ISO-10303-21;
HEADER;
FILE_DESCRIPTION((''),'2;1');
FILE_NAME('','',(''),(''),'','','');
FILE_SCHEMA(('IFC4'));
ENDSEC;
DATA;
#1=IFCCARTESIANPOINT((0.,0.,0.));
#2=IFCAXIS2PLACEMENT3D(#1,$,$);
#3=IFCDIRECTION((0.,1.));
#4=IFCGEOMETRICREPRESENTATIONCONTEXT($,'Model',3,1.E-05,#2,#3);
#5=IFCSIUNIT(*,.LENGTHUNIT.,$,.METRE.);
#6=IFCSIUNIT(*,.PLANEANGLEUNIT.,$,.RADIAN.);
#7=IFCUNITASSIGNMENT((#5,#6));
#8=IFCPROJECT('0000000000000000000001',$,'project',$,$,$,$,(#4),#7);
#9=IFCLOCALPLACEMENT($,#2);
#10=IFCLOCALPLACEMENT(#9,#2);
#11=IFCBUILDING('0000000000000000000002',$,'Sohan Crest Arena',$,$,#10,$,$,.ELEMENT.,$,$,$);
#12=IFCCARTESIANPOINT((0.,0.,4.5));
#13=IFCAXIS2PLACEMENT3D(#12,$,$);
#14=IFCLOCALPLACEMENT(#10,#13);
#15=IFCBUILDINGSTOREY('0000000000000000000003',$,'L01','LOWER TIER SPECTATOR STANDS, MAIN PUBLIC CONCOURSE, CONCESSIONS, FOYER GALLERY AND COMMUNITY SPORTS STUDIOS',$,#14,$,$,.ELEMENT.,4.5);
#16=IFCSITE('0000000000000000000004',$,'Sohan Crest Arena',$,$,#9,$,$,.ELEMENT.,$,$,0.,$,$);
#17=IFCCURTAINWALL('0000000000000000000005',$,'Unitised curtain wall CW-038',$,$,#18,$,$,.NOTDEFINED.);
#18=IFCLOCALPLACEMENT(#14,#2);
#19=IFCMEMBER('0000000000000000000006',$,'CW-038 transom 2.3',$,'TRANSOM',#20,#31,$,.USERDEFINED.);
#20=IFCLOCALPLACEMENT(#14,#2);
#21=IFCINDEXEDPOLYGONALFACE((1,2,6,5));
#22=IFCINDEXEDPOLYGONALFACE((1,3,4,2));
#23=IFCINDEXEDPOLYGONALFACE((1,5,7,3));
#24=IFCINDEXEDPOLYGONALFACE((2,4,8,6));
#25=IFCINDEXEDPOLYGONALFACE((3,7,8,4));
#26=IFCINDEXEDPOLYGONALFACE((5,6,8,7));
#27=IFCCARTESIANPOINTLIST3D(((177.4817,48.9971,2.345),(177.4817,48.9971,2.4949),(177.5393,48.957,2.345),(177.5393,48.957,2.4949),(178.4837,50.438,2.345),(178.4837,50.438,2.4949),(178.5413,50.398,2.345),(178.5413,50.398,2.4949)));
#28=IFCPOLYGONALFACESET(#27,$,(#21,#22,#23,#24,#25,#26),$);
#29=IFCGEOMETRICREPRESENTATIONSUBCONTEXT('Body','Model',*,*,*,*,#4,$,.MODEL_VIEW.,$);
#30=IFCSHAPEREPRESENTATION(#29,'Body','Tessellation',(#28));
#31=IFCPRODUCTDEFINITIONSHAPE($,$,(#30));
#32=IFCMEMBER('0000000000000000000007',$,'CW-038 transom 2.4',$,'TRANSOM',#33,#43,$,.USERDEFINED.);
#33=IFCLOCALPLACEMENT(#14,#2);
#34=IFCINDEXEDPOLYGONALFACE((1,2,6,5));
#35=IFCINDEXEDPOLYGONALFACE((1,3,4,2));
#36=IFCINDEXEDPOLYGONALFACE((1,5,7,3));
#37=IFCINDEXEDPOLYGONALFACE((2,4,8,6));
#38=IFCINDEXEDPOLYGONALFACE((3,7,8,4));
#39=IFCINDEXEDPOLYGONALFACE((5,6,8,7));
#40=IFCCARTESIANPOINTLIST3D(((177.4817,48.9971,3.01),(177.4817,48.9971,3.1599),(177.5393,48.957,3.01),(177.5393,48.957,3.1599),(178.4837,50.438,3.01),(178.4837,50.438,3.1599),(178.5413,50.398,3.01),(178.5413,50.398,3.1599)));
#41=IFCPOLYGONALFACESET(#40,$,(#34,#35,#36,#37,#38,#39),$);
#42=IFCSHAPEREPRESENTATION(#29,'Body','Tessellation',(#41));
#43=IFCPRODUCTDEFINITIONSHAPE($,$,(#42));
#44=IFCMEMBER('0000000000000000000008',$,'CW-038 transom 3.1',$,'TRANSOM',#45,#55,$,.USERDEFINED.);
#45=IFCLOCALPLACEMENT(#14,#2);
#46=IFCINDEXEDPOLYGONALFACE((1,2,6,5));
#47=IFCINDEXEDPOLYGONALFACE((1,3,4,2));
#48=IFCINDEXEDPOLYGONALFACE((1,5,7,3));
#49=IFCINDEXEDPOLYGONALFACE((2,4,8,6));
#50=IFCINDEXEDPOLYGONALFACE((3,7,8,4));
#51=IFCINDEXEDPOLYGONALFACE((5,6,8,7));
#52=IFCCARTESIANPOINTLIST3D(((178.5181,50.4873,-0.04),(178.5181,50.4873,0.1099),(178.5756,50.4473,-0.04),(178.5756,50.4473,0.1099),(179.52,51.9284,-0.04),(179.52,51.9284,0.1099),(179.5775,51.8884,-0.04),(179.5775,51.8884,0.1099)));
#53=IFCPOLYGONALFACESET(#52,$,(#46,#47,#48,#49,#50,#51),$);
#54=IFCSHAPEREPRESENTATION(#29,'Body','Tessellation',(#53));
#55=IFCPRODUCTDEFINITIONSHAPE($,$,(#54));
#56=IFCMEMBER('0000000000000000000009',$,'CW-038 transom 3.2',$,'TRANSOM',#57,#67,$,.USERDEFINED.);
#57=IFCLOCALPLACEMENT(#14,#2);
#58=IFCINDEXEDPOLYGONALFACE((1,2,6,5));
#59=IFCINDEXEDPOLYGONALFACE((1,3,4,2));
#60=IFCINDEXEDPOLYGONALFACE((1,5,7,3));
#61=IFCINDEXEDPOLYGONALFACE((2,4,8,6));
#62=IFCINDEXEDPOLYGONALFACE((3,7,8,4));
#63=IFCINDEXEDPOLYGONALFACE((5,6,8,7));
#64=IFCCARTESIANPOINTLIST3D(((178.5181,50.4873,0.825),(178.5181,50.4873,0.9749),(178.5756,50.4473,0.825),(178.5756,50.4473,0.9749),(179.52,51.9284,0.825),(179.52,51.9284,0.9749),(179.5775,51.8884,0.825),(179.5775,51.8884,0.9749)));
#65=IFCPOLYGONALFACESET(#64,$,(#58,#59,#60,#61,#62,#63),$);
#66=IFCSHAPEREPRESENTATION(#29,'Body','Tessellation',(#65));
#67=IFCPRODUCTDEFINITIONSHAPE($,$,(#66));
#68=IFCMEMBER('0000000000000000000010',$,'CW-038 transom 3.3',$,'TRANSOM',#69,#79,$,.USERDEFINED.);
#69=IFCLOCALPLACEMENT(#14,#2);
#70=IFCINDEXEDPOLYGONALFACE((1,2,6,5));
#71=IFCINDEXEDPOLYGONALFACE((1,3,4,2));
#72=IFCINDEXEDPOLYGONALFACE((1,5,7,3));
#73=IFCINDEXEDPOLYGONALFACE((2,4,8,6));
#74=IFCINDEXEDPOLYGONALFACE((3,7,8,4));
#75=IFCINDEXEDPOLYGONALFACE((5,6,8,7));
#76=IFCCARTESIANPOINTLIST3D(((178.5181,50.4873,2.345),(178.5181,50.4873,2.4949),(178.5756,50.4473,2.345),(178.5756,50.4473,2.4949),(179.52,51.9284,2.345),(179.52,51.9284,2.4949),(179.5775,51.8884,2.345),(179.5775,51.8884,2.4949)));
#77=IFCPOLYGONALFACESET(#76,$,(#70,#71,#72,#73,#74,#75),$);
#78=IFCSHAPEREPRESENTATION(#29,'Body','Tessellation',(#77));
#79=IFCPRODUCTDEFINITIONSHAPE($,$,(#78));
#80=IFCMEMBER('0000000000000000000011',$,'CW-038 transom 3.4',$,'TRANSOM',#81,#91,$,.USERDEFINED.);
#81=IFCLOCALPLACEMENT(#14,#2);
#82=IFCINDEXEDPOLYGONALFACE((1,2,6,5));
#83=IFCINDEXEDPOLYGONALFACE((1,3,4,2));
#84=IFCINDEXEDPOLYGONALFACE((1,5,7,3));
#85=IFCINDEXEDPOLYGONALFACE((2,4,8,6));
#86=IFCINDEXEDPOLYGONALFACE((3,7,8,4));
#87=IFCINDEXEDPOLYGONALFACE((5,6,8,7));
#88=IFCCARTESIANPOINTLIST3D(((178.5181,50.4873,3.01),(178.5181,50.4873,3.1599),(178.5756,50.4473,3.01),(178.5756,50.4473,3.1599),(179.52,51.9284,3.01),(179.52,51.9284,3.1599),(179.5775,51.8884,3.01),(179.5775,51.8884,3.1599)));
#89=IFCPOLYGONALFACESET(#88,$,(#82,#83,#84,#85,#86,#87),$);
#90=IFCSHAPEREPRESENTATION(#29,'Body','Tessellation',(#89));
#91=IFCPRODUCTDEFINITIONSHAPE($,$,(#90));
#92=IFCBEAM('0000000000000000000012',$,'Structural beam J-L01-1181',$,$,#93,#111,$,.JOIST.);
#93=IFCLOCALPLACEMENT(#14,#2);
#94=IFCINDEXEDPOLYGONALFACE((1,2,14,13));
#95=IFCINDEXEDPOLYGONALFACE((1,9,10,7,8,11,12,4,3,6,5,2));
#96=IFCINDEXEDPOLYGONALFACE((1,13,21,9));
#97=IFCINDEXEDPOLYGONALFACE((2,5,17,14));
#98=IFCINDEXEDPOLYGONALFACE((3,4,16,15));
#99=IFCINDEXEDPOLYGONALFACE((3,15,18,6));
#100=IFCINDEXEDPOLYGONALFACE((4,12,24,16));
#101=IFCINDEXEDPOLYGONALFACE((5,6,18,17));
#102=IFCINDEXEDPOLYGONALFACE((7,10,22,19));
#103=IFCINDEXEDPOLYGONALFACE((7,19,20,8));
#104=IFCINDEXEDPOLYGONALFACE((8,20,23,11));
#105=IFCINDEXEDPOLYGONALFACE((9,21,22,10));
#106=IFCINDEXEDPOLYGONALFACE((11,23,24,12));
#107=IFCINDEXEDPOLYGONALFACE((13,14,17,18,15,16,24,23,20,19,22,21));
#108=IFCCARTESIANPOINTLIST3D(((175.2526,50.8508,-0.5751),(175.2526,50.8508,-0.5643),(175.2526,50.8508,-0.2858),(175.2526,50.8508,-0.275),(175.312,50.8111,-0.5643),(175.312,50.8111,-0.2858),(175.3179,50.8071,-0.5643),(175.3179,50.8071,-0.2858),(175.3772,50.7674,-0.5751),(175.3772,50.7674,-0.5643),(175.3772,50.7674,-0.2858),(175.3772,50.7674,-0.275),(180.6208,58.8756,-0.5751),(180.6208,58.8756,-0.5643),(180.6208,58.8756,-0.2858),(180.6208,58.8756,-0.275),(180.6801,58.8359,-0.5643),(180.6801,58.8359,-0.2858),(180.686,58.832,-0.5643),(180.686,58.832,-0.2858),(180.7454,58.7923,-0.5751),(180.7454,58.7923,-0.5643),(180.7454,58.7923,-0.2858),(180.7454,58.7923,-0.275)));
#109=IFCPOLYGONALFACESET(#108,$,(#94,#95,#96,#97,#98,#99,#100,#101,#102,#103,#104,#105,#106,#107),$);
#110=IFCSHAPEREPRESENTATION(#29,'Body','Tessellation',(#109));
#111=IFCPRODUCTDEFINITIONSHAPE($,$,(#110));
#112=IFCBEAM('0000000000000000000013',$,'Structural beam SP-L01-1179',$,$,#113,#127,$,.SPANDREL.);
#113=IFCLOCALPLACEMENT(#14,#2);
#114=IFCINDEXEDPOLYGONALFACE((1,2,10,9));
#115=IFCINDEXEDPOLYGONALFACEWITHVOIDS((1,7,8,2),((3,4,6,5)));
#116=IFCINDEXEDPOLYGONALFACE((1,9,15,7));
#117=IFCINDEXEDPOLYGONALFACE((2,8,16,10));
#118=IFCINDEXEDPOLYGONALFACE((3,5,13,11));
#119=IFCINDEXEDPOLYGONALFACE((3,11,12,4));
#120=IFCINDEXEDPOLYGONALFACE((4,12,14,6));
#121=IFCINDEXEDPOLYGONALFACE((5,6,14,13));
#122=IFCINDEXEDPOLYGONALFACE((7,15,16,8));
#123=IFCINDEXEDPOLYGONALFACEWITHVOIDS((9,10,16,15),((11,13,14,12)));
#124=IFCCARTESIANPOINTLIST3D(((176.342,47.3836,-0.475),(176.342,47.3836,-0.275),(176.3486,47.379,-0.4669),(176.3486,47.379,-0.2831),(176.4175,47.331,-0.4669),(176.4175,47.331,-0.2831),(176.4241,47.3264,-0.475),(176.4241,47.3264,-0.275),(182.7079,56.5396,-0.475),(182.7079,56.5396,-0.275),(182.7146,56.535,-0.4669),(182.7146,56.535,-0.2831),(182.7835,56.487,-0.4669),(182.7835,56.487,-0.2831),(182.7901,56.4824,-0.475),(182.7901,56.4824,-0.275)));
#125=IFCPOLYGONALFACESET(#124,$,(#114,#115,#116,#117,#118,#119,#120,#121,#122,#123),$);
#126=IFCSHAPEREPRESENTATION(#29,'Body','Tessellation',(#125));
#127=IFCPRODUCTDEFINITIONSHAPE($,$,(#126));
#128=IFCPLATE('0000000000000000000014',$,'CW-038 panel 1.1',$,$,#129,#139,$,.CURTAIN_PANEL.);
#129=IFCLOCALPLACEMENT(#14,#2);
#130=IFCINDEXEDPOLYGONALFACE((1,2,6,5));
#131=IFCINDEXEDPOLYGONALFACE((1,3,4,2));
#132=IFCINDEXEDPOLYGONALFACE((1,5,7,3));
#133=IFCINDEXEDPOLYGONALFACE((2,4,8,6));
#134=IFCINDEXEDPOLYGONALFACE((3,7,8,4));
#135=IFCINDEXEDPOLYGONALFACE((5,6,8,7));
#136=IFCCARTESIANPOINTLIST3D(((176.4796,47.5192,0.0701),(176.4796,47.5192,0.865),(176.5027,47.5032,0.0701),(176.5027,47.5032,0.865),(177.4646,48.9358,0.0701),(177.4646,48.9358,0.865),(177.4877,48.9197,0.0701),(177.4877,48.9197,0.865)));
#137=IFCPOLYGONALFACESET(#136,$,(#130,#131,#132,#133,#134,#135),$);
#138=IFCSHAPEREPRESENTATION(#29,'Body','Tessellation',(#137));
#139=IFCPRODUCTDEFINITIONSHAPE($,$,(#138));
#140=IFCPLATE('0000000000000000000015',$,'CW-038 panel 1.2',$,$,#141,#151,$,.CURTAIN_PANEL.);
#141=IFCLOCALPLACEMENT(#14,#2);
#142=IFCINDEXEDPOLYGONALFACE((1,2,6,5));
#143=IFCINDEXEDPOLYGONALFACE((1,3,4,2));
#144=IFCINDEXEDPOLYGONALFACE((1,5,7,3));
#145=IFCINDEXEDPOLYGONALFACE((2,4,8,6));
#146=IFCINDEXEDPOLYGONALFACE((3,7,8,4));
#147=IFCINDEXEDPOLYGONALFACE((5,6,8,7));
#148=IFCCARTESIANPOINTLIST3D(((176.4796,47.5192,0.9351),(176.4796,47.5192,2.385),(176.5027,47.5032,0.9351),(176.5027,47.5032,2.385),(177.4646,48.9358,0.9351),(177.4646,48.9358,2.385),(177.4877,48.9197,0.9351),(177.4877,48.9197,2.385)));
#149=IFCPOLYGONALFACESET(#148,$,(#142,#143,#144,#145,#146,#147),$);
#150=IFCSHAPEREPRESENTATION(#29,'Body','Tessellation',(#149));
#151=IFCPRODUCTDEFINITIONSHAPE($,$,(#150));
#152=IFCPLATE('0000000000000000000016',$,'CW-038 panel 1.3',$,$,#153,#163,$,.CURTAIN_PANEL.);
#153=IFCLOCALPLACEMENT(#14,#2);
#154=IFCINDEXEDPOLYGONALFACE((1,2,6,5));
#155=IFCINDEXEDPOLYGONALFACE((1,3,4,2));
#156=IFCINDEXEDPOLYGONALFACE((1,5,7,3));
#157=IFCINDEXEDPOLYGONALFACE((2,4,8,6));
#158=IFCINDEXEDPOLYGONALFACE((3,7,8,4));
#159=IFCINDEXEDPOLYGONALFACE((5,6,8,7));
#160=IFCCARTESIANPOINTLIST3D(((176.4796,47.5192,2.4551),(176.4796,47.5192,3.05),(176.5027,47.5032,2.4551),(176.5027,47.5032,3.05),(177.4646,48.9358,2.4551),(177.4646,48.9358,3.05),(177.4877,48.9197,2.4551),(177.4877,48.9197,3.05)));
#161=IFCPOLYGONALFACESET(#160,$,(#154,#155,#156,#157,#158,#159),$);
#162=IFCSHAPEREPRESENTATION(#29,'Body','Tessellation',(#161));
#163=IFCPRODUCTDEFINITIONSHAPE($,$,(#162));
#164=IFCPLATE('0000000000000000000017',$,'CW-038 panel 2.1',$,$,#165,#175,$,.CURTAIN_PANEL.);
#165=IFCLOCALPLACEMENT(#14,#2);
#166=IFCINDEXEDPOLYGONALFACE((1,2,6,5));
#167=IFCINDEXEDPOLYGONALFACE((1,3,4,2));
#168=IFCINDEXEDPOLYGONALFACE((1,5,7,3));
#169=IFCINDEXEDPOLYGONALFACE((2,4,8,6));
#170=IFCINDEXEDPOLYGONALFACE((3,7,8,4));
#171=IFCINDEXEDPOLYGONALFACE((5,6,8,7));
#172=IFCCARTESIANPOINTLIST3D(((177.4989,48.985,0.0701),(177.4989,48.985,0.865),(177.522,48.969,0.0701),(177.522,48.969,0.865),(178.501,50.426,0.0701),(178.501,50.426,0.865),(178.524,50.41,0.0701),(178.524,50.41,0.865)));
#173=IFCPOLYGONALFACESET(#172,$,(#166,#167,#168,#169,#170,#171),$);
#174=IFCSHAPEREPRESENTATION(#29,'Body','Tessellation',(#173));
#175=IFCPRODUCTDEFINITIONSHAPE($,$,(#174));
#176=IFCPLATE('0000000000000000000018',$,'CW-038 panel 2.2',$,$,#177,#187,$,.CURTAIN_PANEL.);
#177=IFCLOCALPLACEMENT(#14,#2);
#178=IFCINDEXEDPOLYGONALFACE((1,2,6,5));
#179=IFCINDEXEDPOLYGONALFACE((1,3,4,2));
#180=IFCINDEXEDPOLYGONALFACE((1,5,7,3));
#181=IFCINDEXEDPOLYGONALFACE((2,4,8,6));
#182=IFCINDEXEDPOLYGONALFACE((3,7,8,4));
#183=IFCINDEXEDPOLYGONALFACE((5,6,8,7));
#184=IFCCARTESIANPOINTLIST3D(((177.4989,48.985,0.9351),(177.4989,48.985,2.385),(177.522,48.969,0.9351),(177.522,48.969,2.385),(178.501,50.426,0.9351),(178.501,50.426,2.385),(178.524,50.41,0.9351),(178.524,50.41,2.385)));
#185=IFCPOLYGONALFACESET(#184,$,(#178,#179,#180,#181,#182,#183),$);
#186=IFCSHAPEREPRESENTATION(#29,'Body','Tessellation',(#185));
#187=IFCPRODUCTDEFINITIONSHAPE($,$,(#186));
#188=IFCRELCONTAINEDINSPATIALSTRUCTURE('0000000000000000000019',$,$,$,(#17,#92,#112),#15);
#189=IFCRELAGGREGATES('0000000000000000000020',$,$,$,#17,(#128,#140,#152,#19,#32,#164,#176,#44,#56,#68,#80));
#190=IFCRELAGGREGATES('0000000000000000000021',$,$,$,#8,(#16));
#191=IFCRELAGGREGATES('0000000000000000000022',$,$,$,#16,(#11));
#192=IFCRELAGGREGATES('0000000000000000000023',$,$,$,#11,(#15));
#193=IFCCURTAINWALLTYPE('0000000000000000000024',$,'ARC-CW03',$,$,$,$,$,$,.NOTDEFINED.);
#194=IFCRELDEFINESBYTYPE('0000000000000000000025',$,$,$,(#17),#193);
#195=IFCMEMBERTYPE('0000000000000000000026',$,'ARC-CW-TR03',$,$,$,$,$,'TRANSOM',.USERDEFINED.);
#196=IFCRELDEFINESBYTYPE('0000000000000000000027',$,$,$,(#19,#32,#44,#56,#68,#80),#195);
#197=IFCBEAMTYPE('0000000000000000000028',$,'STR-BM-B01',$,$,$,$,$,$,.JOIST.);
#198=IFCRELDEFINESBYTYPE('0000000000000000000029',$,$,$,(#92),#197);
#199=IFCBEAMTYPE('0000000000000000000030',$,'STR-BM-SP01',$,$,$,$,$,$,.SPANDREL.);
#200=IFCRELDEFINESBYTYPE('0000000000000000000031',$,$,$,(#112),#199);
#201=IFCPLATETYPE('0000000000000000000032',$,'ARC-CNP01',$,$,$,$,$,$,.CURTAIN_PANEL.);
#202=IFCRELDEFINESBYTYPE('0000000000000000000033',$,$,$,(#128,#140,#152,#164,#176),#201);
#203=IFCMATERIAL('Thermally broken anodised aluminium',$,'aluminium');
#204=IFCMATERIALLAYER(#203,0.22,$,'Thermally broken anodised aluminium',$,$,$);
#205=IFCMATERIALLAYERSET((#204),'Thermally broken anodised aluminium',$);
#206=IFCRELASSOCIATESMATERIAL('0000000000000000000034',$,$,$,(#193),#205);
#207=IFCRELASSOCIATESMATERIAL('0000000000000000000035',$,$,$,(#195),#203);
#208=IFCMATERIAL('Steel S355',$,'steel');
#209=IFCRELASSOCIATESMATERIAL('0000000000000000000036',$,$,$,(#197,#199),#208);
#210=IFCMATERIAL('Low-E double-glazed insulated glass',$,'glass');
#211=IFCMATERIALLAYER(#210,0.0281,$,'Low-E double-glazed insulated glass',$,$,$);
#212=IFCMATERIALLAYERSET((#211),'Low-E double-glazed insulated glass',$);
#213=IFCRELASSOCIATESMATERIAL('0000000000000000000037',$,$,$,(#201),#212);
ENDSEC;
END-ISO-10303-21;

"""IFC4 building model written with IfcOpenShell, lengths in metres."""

from ifc_helpers import new_model, si_unit, direction, frame, origin, origin_2d, place, context, subcontext, project, spatial, rectangle, hollow_rectangle, i_section, extrude, material, layer, layer_set, material_profile, profile_set, type_object, element, aggregate, save


model = new_model("IFC4")

# Units and contexts
model_context = context("Model", 3, precision=1e-05, world=origin(), true_north=direction((0.0, 1.0)))
body_context = subcontext(model_context, "Body", "Model", "MODEL_VIEW")
ifc_project = project(units=[si_unit("LENGTHUNIT", "METRE"), si_unit("PLANEANGLEUNIT", "RADIAN")], contexts=[model_context])

# Site, building, storey
site_placement = place(None, origin())
site = spatial("IfcSite", under=ifc_project, at=site_placement, Name="Sohan Crest Arena", CompositionType="ELEMENT", RefElevation=0.0)
building_placement = place(site_placement, origin())
building = spatial("IfcBuilding", under=site, at=building_placement, Name="Sohan Crest Arena", CompositionType="ELEMENT")
storey_placement = place(building_placement, frame((0.0, 0.0, 4.5)))
storey = spatial("IfcBuildingStorey", under=building, at=storey_placement, Name="L01", Description="LOWER TIER SPECTATOR STANDS, MAIN PUBLIC CONCOURSE, CONCESSIONS, FOYER GALLERY AND COMMUNITY SPORTS STUDIOS", CompositionType="ELEMENT", Elevation=4.5)

# Shared definitions
ifc_material_1 = material(Name="Steel S355", Category="steel")

# Curtain wall
ifc_material_2 = material(Name="Thermally broken anodised aluminium", Category="aluminium")
ifc_layer_1 = layer(ifc_material_2, 0.22, Name="Thermally broken anodised aluminium")
ifc_layer_set_1 = layer_set([ifc_layer_1], Name="Thermally broken anodised aluminium")
curtain_wall_type_1 = type_object("IfcCurtainWallType", Name="ARC-CW03", PredefinedType="NOTDEFINED", material=ifc_layer_set_1)
curtain_wall_1_placement = place(storey_placement, origin())
curtain_wall_1 = element("IfcCurtainWall", 1, at=curtain_wall_1_placement, inside=storey, type_object=curtain_wall_type_1, Name="Unitised curtain wall CW-038", PredefinedType="NOTDEFINED")

# Members
ifc_material_profile_1 = material_profile(ifc_material_2, rectangle(XDim=0.0701, YDim=0.1499, at=origin_2d()), Name="ALU-TRAN 70x150")
ifc_profile_set_1 = profile_set([ifc_material_profile_1], Name="Thermally broken anodised aluminium")
member_type_1 = type_object("IfcMemberType", Name="ARC-CW-TR03", ElementType="TRANSOM", PredefinedType="USERDEFINED", material=ifc_profile_set_1)
member_1_placement = place(storey_placement, frame((177.5105, 48.9771, 2.4199), z_axis=(0.570901, 0.821019, 0.0), x_axis=(-0.821019, 0.570901, 0.0)))
member_1 = element("IfcMember", 2, at=member_1_placement, type_object=member_type_1, Name="CW-038 transom 2.3", ObjectType="TRANSOM", PredefinedType="USERDEFINED", context=body_context, shape_type="SweptSolid", body=[
    extrude(rectangle(XDim=0.0701, YDim=0.1499, at=origin_2d()), origin(), (0.0, 0.0, 1.0), 1.7551),
])
member_2_placement = place(storey_placement, frame((177.5105, 48.9771, 3.085), z_axis=(0.570901, 0.821019, 0.0), x_axis=(-0.821019, 0.570901, 0.0)))
member_2 = element("IfcMember", 3, at=member_2_placement, type_object=member_type_1, Name="CW-038 transom 2.4", ObjectType="TRANSOM", PredefinedType="USERDEFINED", context=body_context, shape_type="SweptSolid", body=[
    extrude(rectangle(XDim=0.0701, YDim=0.1499, at=origin_2d()), origin(), (0.0, 0.0, 1.0), 1.7551),
])
member_3_placement = place(storey_placement, frame((178.5469, 50.4673, 0.0349), z_axis=(0.570836, 0.821064, 0.0), x_axis=(-0.821064, 0.570836, 0.0)))
member_3 = element("IfcMember", 4, at=member_3_placement, type_object=member_type_1, Name="CW-038 transom 3.1", ObjectType="TRANSOM", PredefinedType="USERDEFINED", context=body_context, shape_type="SweptSolid", body=[
    extrude(rectangle(XDim=0.0701, YDim=0.1499, at=origin_2d()), origin(), (0.0, 0.0, 1.0), 1.7551),
])
member_4_placement = place(storey_placement, frame((178.5469, 50.4673, 0.8999), z_axis=(0.570836, 0.821064, 0.0), x_axis=(-0.821064, 0.570836, 0.0)))
member_4 = element("IfcMember", 5, at=member_4_placement, type_object=member_type_1, Name="CW-038 transom 3.2", ObjectType="TRANSOM", PredefinedType="USERDEFINED", context=body_context, shape_type="SweptSolid", body=[
    extrude(rectangle(XDim=0.0701, YDim=0.1499, at=origin_2d()), origin(), (0.0, 0.0, 1.0), 1.7551),
])
member_5_placement = place(storey_placement, frame((178.5469, 50.4673, 2.4199), z_axis=(0.570836, 0.821064, 0.0), x_axis=(-0.821064, 0.570836, 0.0)))
member_5 = element("IfcMember", 6, at=member_5_placement, type_object=member_type_1, Name="CW-038 transom 3.3", ObjectType="TRANSOM", PredefinedType="USERDEFINED", context=body_context, shape_type="SweptSolid", body=[
    extrude(rectangle(XDim=0.0701, YDim=0.1499, at=origin_2d()), origin(), (0.0, 0.0, 1.0), 1.7551),
])
member_6_placement = place(storey_placement, frame((178.5469, 50.4673, 3.085), z_axis=(0.570836, 0.821064, 0.0), x_axis=(-0.821064, 0.570836, 0.0)))
member_6 = element("IfcMember", 7, at=member_6_placement, type_object=member_type_1, Name="CW-038 transom 3.4", ObjectType="TRANSOM", PredefinedType="USERDEFINED", context=body_context, shape_type="SweptSolid", body=[
    extrude(rectangle(XDim=0.0701, YDim=0.1499, at=origin_2d()), origin(), (0.0, 0.0, 1.0), 1.7551),
])

# Beams
ifc_material_profile_2 = material_profile(ifc_material_1, i_section(OverallWidth=0.1499, OverallDepth=0.3, WebThickness=0.0071, FlangeThickness=0.0107, at=origin_2d()), Name="IPE 300")
ifc_profile_set_2 = profile_set([ifc_material_profile_2], Name="Steel S355")
beam_type_1 = type_object("IfcBeamType", Name="STR-BM-B01", PredefinedType="JOIST", material=ifc_profile_set_2)
beam_1_placement = place(storey_placement, frame((175.3149, 50.8091, -0.425), z_axis=(0.556007, 0.831178, 0.0), x_axis=(-0.831178, 0.556007, 0.0)))
element("IfcBeam", 8, at=beam_1_placement, inside=storey, type_object=beam_type_1, Name="Structural beam J-L01-1181", PredefinedType="JOIST", context=body_context, shape_type="SweptSolid", body=[
    extrude(i_section(OverallWidth=0.1499, OverallDepth=0.3, WebThickness=0.0071, FlangeThickness=0.0107, at=origin_2d()), origin(), (0.0, 0.0, 1.0), 9.6548),
])
ifc_material_profile_3 = material_profile(ifc_material_1, hollow_rectangle(XDim=0.1001, YDim=0.2, WallThickness=0.0081, at=origin_2d()), Name="RHS 200x100x8")
ifc_profile_set_3 = profile_set([ifc_material_profile_3], Name="Steel S355")
beam_type_2 = type_object("IfcBeamType", Name="STR-BM-SP01", PredefinedType="SPANDREL", material=ifc_profile_set_3)
beam_2_placement = place(storey_placement, frame((176.3831, 47.355, -0.375), z_axis=(0.570857, 0.821049, 0.0), x_axis=(-0.821049, 0.570857, 0.0)))
element("IfcBeam", 9, at=beam_2_placement, inside=storey, type_object=beam_type_2, Name="Structural beam SP-L01-1179", PredefinedType="SPANDREL", context=body_context, shape_type="SweptSolid", body=[
    extrude(hollow_rectangle(XDim=0.1001, YDim=0.2, WallThickness=0.0081, at=origin_2d()), origin(), (0.0, 0.0, 1.0), 11.1516),
])

# Plates
ifc_material_3 = material(Name="Low-E double-glazed insulated glass", Category="glass")
ifc_layer_2 = layer(ifc_material_3, 0.0281, Name="Low-E double-glazed insulated glass")
ifc_layer_set_2 = layer_set([ifc_layer_2], Name="Low-E double-glazed insulated glass")
plate_type_1 = type_object("IfcPlateType", Name="ARC-CNP01", PredefinedType="CURTAIN_PANEL", material=ifc_layer_set_2)
plate_1_placement = place(storey_placement, frame((176.9836, 48.2195, 0.0701), z_axis=(0.0, 0.0, 1.0), x_axis=(0.570908, 0.821014, 0.0)))
plate_1 = element("IfcPlate", 10, at=plate_1_placement, type_object=plate_type_1, Name="CW-038 panel 1.1", PredefinedType="CURTAIN_PANEL", context=body_context, shape_type="SweptSolid", body=[
    extrude(rectangle(XDim=1.7253, YDim=0.0281, at=origin_2d()), origin(), (0.0, 0.0, 1.0), 0.7949),
])
plate_2_placement = place(storey_placement, frame((176.9836, 48.2195, 0.9351), z_axis=(0.0, 0.0, 1.0), x_axis=(0.570908, 0.821014, 0.0)))
plate_2 = element("IfcPlate", 11, at=plate_2_placement, type_object=plate_type_1, Name="CW-038 panel 1.2", PredefinedType="CURTAIN_PANEL", context=body_context, shape_type="SweptSolid", body=[
    extrude(rectangle(XDim=1.7253, YDim=0.0281, at=origin_2d()), origin(), (0.0, 0.0, 1.0), 1.45),
])
plate_3_placement = place(storey_placement, frame((176.9836, 48.2195, 2.4551), z_axis=(0.0, 0.0, 1.0), x_axis=(0.570908, 0.821014, 0.0)))
plate_3 = element("IfcPlate", 12, at=plate_3_placement, type_object=plate_type_1, Name="CW-038 panel 1.3", PredefinedType="CURTAIN_PANEL", context=body_context, shape_type="SweptSolid", body=[
    extrude(rectangle(XDim=1.7253, YDim=0.0281, at=origin_2d()), origin(), (0.0, 0.0, 1.0), 0.595),
])
plate_4_placement = place(storey_placement, frame((178.0115, 49.6975, 0.0701), z_axis=(0.0, 0.0, 1.0), x_axis=(0.570908, 0.821014, 0.0)))
plate_4 = element("IfcPlate", 13, at=plate_4_placement, type_object=plate_type_1, Name="CW-038 panel 2.1", PredefinedType="CURTAIN_PANEL", context=body_context, shape_type="SweptSolid", body=[
    extrude(rectangle(XDim=1.7551, YDim=0.0281, at=origin_2d()), origin(), (0.0, 0.0, 1.0), 0.7949),
])
plate_5_placement = place(storey_placement, frame((178.0115, 49.6975, 0.9351), z_axis=(0.0, 0.0, 1.0), x_axis=(0.570908, 0.821014, 0.0)))
plate_5 = element("IfcPlate", 14, at=plate_5_placement, type_object=plate_type_1, Name="CW-038 panel 2.2", PredefinedType="CURTAIN_PANEL", context=body_context, shape_type="SweptSolid", body=[
    extrude(rectangle(XDim=1.7551, YDim=0.0281, at=origin_2d()), origin(), (0.0, 0.0, 1.0), 1.45),
])
aggregate(curtain_wall_1, [plate_1, plate_2, plate_3, member_1, member_2, plate_4, plate_5, member_3, member_4, member_5, member_6])

save(model, "model.ifc")
